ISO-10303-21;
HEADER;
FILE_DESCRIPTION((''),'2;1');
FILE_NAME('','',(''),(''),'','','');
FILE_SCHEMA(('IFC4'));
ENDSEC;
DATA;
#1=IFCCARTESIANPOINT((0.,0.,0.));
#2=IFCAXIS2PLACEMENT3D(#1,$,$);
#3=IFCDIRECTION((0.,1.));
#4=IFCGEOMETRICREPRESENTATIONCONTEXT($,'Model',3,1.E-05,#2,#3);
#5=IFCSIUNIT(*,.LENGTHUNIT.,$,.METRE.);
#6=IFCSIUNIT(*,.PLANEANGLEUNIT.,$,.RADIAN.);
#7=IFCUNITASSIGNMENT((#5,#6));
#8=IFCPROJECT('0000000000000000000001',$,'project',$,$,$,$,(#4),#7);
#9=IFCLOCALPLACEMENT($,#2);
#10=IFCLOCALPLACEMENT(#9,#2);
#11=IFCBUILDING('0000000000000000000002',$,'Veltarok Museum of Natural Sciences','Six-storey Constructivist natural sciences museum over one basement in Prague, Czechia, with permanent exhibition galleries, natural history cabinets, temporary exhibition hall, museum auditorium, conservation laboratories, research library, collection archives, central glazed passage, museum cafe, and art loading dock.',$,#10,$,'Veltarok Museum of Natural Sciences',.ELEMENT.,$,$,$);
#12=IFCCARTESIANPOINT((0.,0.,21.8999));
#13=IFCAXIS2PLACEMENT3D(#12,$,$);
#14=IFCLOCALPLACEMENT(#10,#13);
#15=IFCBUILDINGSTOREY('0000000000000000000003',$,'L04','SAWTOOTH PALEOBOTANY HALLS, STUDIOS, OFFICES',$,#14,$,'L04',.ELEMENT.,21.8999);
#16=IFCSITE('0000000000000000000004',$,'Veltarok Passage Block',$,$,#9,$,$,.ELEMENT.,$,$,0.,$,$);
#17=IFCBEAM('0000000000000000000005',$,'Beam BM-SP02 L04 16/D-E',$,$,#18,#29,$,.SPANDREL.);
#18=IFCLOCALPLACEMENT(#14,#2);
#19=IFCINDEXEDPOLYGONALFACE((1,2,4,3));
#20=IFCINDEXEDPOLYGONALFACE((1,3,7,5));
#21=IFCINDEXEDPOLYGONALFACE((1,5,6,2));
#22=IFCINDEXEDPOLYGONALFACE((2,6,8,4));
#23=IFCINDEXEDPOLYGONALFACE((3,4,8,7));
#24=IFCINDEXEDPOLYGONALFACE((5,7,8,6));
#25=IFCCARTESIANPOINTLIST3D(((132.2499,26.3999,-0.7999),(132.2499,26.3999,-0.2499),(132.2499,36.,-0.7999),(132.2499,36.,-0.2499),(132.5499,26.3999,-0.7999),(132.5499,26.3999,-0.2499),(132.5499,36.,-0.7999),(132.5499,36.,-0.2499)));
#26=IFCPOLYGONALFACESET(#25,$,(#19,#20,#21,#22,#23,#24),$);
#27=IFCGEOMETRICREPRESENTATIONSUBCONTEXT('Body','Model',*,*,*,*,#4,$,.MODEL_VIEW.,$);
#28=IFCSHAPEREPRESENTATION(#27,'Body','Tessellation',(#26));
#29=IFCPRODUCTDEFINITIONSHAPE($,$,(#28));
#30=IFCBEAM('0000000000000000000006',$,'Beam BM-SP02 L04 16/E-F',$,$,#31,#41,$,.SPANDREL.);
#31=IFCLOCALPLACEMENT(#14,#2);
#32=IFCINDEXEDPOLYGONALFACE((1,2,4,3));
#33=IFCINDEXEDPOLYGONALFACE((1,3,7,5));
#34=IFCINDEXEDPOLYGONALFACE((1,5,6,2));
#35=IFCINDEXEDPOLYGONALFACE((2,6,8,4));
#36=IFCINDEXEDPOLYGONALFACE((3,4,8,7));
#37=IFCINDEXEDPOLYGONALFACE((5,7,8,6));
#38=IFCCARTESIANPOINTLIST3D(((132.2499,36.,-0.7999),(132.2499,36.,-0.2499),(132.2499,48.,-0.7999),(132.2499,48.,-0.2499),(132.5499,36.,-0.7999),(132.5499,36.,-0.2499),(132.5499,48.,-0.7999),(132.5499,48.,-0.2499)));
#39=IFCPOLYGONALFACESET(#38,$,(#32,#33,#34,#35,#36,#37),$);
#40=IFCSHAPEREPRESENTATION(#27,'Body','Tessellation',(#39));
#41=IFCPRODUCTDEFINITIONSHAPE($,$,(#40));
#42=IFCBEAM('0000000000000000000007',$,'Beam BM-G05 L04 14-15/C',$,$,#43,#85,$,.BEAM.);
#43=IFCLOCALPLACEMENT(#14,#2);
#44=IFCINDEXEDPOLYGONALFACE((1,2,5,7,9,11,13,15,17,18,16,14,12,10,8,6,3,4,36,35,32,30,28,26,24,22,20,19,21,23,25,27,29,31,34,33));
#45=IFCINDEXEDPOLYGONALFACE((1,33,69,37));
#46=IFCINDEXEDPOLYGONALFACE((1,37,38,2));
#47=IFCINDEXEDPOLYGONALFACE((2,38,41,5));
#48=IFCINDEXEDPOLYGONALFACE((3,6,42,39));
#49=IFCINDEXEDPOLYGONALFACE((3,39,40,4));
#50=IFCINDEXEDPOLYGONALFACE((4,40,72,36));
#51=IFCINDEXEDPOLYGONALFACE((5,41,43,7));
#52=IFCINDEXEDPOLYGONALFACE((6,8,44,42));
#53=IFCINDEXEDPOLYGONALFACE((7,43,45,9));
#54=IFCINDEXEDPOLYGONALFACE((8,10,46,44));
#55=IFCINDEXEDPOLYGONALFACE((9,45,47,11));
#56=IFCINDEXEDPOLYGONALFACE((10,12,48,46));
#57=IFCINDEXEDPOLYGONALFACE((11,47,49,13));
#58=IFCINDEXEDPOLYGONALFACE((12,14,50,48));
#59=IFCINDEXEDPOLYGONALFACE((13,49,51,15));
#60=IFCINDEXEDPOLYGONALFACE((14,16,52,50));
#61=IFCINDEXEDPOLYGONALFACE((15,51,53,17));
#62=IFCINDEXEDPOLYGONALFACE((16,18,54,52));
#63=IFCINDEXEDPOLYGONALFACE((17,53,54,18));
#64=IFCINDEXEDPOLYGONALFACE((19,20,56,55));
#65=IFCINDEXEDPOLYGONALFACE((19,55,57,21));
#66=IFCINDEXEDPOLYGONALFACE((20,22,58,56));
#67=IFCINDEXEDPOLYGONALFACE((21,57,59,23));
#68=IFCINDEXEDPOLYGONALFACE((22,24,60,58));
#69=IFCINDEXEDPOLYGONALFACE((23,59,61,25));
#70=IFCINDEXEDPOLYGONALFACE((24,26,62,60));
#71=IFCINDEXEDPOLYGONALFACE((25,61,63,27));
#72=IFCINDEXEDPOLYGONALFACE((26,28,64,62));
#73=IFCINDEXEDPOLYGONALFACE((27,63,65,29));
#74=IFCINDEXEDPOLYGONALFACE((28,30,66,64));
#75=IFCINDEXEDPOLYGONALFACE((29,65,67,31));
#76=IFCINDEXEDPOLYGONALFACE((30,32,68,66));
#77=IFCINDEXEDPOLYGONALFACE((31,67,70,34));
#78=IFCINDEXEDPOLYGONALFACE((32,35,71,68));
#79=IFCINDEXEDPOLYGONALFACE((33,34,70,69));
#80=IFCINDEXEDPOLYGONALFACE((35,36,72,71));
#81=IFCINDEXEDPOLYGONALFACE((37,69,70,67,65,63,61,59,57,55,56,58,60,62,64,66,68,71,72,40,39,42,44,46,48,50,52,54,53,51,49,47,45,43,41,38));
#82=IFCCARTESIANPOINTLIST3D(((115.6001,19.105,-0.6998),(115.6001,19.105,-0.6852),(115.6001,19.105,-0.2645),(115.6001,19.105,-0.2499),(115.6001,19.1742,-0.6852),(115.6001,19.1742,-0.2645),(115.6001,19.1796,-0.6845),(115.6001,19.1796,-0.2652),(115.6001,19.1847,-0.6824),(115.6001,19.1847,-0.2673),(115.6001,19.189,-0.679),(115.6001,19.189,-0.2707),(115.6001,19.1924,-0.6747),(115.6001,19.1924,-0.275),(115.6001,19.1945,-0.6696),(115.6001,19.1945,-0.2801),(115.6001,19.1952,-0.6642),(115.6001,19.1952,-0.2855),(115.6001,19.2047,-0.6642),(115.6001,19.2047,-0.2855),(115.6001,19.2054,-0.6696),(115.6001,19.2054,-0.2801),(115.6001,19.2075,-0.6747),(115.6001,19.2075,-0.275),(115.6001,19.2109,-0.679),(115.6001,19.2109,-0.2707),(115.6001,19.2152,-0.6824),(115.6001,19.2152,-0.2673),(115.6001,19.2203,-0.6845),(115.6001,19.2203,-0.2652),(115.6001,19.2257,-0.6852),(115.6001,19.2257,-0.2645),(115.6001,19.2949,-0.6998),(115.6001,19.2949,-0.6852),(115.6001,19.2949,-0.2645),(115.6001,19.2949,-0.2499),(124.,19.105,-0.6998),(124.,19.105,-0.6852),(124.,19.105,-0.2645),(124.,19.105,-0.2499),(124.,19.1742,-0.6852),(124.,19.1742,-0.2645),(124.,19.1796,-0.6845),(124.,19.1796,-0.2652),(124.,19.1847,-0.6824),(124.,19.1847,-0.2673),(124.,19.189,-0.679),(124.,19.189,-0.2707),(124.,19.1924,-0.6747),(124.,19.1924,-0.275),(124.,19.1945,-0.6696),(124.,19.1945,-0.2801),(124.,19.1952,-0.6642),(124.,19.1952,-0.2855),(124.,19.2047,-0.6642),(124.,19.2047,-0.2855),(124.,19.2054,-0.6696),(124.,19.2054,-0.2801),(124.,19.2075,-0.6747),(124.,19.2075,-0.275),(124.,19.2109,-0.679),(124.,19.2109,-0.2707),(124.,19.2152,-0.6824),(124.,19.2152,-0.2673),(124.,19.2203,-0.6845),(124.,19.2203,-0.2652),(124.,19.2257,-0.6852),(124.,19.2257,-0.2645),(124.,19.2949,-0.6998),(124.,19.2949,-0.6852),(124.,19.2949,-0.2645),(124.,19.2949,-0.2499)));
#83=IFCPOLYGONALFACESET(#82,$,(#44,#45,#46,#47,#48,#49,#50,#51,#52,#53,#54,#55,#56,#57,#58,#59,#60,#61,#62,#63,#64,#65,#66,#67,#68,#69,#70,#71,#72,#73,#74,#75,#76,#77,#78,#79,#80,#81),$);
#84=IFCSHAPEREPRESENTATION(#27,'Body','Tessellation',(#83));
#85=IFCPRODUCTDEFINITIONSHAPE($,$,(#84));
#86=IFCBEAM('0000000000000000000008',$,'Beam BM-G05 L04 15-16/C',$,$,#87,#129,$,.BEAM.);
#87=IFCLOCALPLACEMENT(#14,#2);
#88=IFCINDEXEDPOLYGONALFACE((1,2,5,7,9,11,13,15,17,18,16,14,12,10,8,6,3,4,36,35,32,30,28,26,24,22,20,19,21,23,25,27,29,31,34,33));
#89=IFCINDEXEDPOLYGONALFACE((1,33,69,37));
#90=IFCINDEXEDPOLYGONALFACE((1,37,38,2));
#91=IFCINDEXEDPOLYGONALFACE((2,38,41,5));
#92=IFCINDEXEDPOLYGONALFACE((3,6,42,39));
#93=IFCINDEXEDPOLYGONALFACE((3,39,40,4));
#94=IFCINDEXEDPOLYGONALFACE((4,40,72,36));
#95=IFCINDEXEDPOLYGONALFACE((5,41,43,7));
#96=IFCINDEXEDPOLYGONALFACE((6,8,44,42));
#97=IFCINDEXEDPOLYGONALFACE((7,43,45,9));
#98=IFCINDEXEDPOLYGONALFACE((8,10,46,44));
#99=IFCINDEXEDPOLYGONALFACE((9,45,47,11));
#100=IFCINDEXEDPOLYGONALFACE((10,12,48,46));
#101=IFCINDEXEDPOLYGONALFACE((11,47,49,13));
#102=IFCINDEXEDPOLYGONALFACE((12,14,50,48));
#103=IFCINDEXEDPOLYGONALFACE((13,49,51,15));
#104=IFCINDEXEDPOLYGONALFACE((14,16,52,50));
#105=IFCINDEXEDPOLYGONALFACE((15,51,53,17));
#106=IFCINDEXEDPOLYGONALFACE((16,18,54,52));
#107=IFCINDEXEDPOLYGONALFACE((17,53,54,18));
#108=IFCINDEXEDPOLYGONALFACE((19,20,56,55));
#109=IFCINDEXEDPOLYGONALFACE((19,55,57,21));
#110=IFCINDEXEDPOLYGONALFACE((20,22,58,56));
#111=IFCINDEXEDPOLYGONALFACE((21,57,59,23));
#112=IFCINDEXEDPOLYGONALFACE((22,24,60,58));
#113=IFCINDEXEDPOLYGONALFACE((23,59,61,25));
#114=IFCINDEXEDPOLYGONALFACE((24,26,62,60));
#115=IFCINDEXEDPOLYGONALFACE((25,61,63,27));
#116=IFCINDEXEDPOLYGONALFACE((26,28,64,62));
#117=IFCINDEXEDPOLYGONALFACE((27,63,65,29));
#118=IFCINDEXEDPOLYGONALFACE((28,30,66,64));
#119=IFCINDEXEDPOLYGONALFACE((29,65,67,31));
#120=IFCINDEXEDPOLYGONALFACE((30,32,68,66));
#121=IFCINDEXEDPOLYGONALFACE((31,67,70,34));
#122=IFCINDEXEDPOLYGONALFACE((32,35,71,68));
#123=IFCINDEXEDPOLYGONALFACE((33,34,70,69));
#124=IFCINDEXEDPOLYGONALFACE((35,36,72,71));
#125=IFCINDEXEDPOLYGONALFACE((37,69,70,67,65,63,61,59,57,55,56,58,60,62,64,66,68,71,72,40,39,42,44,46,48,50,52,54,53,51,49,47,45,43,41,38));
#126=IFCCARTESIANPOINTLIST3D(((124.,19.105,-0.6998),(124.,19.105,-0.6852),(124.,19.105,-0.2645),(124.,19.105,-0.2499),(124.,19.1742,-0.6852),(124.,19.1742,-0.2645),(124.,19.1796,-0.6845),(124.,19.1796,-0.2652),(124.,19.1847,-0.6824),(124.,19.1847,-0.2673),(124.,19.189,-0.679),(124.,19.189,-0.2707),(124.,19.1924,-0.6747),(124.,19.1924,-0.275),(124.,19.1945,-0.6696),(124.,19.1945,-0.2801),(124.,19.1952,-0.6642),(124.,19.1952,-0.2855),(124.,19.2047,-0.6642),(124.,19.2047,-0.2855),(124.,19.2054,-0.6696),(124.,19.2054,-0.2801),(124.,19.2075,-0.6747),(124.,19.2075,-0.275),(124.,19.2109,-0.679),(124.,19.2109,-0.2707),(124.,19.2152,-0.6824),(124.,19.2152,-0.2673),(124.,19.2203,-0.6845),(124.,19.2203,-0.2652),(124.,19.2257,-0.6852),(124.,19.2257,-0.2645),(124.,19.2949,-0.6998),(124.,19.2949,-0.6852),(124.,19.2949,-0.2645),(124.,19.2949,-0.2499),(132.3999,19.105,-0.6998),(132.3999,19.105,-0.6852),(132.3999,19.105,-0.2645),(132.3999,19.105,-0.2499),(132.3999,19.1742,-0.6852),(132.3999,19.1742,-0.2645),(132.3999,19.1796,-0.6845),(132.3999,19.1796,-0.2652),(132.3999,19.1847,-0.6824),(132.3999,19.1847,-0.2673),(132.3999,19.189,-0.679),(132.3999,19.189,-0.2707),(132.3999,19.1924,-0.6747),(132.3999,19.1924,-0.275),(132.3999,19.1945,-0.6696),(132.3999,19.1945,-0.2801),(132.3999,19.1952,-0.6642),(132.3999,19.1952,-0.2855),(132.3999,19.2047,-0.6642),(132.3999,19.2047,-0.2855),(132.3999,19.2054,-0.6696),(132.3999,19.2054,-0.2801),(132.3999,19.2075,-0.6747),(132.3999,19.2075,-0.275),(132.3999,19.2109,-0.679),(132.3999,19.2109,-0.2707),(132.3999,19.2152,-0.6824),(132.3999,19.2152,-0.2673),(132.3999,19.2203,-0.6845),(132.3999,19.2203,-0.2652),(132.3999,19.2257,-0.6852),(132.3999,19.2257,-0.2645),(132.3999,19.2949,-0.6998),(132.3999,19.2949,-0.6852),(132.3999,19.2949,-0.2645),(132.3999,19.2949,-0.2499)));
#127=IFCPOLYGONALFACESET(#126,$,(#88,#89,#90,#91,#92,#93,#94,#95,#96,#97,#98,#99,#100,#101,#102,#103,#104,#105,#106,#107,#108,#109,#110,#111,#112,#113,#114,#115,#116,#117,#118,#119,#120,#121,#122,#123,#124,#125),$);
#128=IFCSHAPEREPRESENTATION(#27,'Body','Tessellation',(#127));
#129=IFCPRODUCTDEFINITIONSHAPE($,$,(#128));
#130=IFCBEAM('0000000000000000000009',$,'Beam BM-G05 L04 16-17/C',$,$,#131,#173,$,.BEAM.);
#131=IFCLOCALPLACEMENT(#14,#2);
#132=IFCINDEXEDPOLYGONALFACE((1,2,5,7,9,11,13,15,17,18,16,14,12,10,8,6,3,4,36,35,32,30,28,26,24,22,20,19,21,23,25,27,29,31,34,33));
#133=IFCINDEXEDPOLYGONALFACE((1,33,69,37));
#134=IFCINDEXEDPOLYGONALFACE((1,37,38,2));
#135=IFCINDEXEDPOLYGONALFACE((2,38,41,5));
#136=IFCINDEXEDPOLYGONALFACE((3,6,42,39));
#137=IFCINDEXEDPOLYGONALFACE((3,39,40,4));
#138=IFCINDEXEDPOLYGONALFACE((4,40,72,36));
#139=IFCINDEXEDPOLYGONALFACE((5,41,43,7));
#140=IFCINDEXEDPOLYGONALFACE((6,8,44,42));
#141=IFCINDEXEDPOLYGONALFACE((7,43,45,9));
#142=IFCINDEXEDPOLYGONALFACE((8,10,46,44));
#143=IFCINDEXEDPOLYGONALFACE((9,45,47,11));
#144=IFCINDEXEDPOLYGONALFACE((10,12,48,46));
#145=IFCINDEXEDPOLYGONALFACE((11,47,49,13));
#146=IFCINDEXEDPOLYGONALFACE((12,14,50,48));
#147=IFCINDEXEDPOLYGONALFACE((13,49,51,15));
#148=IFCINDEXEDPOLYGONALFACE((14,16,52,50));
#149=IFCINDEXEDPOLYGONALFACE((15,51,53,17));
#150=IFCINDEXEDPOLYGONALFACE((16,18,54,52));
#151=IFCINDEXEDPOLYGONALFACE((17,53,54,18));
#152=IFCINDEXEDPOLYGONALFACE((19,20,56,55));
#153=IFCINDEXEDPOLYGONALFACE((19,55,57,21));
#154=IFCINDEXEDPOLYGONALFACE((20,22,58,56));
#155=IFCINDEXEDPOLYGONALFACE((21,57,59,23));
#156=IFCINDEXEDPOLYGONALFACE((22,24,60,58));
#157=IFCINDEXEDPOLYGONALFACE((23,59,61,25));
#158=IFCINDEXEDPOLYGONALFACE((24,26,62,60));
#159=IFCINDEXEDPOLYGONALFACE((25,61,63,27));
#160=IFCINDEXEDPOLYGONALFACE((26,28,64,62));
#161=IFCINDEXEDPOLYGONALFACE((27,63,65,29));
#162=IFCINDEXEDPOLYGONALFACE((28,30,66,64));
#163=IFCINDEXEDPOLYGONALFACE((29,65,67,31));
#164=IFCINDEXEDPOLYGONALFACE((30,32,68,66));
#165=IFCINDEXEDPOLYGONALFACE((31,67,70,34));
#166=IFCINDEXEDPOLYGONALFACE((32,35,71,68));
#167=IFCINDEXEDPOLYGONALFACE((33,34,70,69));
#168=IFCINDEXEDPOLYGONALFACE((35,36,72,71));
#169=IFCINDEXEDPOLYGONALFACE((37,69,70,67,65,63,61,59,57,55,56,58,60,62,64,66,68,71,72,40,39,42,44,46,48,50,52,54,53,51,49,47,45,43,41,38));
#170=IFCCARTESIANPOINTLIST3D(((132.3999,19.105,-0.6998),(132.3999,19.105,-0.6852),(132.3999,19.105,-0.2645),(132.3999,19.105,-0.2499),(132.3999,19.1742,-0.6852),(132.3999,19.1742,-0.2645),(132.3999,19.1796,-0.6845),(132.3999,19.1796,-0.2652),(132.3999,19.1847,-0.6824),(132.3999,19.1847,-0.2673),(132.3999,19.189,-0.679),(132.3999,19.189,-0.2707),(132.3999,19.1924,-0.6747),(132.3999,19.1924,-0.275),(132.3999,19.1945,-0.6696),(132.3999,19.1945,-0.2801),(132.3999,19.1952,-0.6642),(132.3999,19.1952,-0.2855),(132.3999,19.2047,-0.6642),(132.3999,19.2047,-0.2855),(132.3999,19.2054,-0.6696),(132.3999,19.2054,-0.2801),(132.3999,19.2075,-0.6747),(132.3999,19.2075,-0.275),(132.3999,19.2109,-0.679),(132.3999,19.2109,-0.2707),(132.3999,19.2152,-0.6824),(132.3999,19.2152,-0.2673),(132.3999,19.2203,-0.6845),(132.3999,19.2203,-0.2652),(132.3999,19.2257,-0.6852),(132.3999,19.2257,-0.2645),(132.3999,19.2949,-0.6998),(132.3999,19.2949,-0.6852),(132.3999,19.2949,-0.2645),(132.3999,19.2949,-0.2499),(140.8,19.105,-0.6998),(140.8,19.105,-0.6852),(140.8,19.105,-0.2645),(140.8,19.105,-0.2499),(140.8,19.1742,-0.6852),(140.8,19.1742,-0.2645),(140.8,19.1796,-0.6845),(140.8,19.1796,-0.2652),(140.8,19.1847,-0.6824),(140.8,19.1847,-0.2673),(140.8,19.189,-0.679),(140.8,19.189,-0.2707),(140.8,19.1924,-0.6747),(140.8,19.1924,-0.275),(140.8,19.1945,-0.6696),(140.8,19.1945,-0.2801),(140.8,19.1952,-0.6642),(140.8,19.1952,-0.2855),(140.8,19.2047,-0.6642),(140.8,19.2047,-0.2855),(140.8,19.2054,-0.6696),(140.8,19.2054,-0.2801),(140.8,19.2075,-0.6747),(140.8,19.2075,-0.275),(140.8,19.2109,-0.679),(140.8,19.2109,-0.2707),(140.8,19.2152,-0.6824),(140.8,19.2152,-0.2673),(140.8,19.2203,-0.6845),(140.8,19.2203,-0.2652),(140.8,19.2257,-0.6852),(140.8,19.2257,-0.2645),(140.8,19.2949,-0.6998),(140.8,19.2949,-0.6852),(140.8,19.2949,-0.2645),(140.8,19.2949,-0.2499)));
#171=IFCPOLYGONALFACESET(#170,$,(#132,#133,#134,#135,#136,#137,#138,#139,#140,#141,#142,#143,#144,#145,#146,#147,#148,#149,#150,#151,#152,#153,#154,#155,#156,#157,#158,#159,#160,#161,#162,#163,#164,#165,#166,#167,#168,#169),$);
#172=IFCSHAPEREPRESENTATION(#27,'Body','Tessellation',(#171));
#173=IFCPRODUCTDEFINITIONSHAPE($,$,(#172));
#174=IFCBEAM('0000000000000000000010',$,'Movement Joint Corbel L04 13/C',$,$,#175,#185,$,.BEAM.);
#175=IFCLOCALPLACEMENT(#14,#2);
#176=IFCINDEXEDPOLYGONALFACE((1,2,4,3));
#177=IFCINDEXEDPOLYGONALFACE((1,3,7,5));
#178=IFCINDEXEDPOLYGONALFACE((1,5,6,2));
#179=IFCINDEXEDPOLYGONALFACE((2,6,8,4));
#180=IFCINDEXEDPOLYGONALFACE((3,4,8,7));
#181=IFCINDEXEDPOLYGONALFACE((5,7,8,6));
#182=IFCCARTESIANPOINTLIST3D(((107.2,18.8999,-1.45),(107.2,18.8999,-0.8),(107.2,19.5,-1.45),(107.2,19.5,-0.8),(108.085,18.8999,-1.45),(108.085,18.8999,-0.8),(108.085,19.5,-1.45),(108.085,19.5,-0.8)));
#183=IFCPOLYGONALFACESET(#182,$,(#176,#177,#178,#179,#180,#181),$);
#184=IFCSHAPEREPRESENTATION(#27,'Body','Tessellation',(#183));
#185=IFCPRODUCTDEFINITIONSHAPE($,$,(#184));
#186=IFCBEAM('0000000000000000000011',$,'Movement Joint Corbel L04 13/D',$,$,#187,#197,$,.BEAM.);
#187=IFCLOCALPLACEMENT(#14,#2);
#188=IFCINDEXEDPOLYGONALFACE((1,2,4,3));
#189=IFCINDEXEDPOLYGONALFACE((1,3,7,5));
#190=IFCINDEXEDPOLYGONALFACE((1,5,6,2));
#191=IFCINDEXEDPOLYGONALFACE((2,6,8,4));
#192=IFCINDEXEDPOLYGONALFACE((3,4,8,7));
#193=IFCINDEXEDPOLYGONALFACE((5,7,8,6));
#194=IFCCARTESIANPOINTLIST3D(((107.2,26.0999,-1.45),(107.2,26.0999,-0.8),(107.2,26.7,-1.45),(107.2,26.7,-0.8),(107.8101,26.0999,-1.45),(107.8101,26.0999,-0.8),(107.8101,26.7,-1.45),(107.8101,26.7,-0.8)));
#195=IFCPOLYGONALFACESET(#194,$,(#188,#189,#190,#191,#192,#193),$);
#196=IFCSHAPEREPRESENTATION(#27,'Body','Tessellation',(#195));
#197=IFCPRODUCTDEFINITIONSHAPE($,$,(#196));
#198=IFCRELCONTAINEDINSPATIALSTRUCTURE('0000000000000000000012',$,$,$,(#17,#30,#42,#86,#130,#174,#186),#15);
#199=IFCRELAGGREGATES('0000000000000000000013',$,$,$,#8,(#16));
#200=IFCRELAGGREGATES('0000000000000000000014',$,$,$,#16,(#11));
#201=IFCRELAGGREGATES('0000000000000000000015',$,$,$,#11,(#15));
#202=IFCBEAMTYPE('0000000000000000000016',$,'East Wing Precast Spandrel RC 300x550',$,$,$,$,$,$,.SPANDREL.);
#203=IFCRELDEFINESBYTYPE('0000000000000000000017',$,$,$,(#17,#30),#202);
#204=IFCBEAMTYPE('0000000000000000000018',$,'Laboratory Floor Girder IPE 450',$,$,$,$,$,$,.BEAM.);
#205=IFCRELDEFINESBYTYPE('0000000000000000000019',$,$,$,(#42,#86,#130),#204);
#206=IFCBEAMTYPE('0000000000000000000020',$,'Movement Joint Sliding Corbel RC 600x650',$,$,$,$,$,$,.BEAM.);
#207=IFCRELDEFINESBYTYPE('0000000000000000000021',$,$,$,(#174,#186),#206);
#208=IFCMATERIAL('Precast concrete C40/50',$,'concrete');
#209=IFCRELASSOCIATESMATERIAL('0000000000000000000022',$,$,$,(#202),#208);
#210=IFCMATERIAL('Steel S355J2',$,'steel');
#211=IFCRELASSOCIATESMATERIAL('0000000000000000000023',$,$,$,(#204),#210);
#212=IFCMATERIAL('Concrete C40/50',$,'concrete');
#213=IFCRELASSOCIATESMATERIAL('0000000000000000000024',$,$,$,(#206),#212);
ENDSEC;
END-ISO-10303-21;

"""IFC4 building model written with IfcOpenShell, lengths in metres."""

from ifc_helpers import new_model, si_unit, direction, frame, origin, origin_2d, place, context, subcontext, project, spatial, rectangle, i_section, extrude, material, material_profile, profile_set, type_object, element, save


model = new_model("IFC4")

# Units and contexts
model_context = context("Model", 3, precision=1e-05, world=origin(), true_north=direction((0.0, 1.0)))
body_context = subcontext(model_context, "Body", "Model", "MODEL_VIEW")
ifc_project = project(units=[si_unit("LENGTHUNIT", "METRE"), si_unit("PLANEANGLEUNIT", "RADIAN")], contexts=[model_context])

# Site, building, storey
site_placement = place(None, origin())
site = spatial("IfcSite", under=ifc_project, at=site_placement, Name="Veltarok Passage Block", CompositionType="ELEMENT", RefElevation=0.0)
building_placement = place(site_placement, origin())
building = spatial("IfcBuilding", under=site, at=building_placement, Name="Veltarok Museum of Natural Sciences", Description="Six-storey Constructivist natural sciences museum over one basement in Prague, Czechia, with permanent exhibition galleries, natural history cabinets, temporary exhibition hall, museum auditorium, conservation laboratories, research library, collection archives, central glazed passage, museum cafe, and art loading dock.", LongName="Veltarok Museum of Natural Sciences", CompositionType="ELEMENT")
storey_placement = place(building_placement, frame((0.0, 0.0, 21.8999)))
storey = spatial("IfcBuildingStorey", under=building, at=storey_placement, Name="L04", Description="SAWTOOTH PALEOBOTANY HALLS, STUDIOS, OFFICES", LongName="L04", CompositionType="ELEMENT", Elevation=21.8999)

# Shared definitions
ifc_material_1 = material(Name="Concrete C40/50", Category="concrete")
ifc_material_2 = material(Name="Steel S355J2", Category="steel")

# Beams
ifc_material_3 = material(Name="Precast concrete C40/50", Category="concrete")
ifc_material_profile_1 = material_profile(ifc_material_3, rectangle(XDim=0.3, YDim=0.55, at=origin_2d()), Name="RC 300x550")
ifc_profile_set_1 = profile_set([ifc_material_profile_1], Name="Precast concrete C40/50")
beam_type_1 = type_object("IfcBeamType", Name="East Wing Precast Spandrel RC 300x550", PredefinedType="SPANDREL", material=ifc_profile_set_1)
beam_1_placement = place(storey_placement, frame((132.3999, 26.3999, -0.5249), z_axis=(0.0, 1.0, 0.0), x_axis=(-1.0, 0.0, 0.0)))
element("IfcBeam", 1, at=beam_1_placement, inside=storey, type_object=beam_type_1, Name="Beam BM-SP02 L04 16/D-E", PredefinedType="SPANDREL", context=body_context, shape_type="SweptSolid", body=[
    extrude(rectangle(XDim=0.3, YDim=0.55, at=origin_2d()), origin(), (0.0, 0.0, 1.0), 9.6001),
])
beam_2_placement = place(storey_placement, frame((132.3999, 36.0, -0.5249), z_axis=(0.0, 1.0, 0.0), x_axis=(-1.0, 0.0, 0.0)))
element("IfcBeam", 2, at=beam_2_placement, inside=storey, type_object=beam_type_1, Name="Beam BM-SP02 L04 16/E-F", PredefinedType="SPANDREL", context=body_context, shape_type="SweptSolid", body=[
    extrude(rectangle(XDim=0.3, YDim=0.55, at=origin_2d()), origin(), (0.0, 0.0, 1.0), 12.0),
])
ifc_material_profile_2 = material_profile(ifc_material_2, i_section(OverallWidth=0.1899, OverallDepth=0.45, WebThickness=0.0095, FlangeThickness=0.0146, FilletRadius=0.021, at=origin_2d()), Name="IPE 450")
ifc_profile_set_2 = profile_set([ifc_material_profile_2], Name="Steel S355J2")
beam_type_2 = type_object("IfcBeamType", Name="Laboratory Floor Girder IPE 450", PredefinedType="BEAM", material=ifc_profile_set_2)
for number, where, z_axis, x_axis, name in (
    (3, (115.6001, 19.2, -0.4749), (1.0, 0.0, 0.0), (0.0, 1.0, 0.0), "Beam BM-G05 L04 14-15/C"),
    (4, (124.0, 19.2, -0.4749), (1.0, 0.0, 0.0), (0.0, 1.0, 0.0), "Beam BM-G05 L04 15-16/C"),
):
    element("IfcBeam", number, at=place(storey_placement, frame(where, z_axis=z_axis, x_axis=x_axis)), inside=storey, type_object=beam_type_2, Name=name, PredefinedType="BEAM", context=body_context, shape_type="SweptSolid", body=[
        extrude(i_section(OverallWidth=0.1899, OverallDepth=0.45, WebThickness=0.0095, FlangeThickness=0.0146, FilletRadius=0.021, at=origin_2d()), origin(), (0.0, 0.0, 1.0), 8.3999),
    ])
beam_3_placement = place(storey_placement, frame((132.3999, 19.2, -0.4749), z_axis=(1.0, 0.0, 0.0), x_axis=(0.0, 1.0, 0.0)))
element("IfcBeam", 5, at=beam_3_placement, inside=storey, type_object=beam_type_2, Name="Beam BM-G05 L04 16-17/C", PredefinedType="BEAM", context=body_context, shape_type="SweptSolid", body=[
    extrude(i_section(OverallWidth=0.1899, OverallDepth=0.45, WebThickness=0.0095, FlangeThickness=0.0146, FilletRadius=0.021, at=origin_2d()), origin(), (0.0, 0.0, 1.0), 8.4001),
])
ifc_material_profile_3 = material_profile(ifc_material_1, rectangle(XDim=0.6001, YDim=0.6499, at=origin_2d()), Name="RC 600x650")
ifc_profile_set_3 = profile_set([ifc_material_profile_3], Name="Concrete C40/50")
beam_type_3 = type_object("IfcBeamType", Name="Movement Joint Sliding Corbel RC 600x650", PredefinedType="BEAM", material=ifc_profile_set_3)
beam_4_placement = place(storey_placement, frame((107.2, 19.2, -1.125), z_axis=(1.0, 0.0, 0.0), x_axis=(0.0, 1.0, 0.0)))
element("IfcBeam", 6, at=beam_4_placement, inside=storey, type_object=beam_type_3, Name="Movement Joint Corbel L04 13/C", PredefinedType="BEAM", context=body_context, shape_type="SweptSolid", body=[
    extrude(rectangle(XDim=0.6001, YDim=0.6499, at=origin_2d()), origin(), (0.0, 0.0, 1.0), 0.885),
])
beam_5_placement = place(storey_placement, frame((107.2, 26.3999, -1.125), z_axis=(1.0, 0.0, 0.0), x_axis=(0.0, 1.0, 0.0)))
element("IfcBeam", 7, at=beam_5_placement, inside=storey, type_object=beam_type_3, Name="Movement Joint Corbel L04 13/D", PredefinedType="BEAM", context=body_context, shape_type="SweptSolid", body=[
    extrude(rectangle(XDim=0.6001, YDim=0.6499, at=origin_2d()), origin(), (0.0, 0.0, 1.0), 0.6101),
])

save(model, "model.ifc")
